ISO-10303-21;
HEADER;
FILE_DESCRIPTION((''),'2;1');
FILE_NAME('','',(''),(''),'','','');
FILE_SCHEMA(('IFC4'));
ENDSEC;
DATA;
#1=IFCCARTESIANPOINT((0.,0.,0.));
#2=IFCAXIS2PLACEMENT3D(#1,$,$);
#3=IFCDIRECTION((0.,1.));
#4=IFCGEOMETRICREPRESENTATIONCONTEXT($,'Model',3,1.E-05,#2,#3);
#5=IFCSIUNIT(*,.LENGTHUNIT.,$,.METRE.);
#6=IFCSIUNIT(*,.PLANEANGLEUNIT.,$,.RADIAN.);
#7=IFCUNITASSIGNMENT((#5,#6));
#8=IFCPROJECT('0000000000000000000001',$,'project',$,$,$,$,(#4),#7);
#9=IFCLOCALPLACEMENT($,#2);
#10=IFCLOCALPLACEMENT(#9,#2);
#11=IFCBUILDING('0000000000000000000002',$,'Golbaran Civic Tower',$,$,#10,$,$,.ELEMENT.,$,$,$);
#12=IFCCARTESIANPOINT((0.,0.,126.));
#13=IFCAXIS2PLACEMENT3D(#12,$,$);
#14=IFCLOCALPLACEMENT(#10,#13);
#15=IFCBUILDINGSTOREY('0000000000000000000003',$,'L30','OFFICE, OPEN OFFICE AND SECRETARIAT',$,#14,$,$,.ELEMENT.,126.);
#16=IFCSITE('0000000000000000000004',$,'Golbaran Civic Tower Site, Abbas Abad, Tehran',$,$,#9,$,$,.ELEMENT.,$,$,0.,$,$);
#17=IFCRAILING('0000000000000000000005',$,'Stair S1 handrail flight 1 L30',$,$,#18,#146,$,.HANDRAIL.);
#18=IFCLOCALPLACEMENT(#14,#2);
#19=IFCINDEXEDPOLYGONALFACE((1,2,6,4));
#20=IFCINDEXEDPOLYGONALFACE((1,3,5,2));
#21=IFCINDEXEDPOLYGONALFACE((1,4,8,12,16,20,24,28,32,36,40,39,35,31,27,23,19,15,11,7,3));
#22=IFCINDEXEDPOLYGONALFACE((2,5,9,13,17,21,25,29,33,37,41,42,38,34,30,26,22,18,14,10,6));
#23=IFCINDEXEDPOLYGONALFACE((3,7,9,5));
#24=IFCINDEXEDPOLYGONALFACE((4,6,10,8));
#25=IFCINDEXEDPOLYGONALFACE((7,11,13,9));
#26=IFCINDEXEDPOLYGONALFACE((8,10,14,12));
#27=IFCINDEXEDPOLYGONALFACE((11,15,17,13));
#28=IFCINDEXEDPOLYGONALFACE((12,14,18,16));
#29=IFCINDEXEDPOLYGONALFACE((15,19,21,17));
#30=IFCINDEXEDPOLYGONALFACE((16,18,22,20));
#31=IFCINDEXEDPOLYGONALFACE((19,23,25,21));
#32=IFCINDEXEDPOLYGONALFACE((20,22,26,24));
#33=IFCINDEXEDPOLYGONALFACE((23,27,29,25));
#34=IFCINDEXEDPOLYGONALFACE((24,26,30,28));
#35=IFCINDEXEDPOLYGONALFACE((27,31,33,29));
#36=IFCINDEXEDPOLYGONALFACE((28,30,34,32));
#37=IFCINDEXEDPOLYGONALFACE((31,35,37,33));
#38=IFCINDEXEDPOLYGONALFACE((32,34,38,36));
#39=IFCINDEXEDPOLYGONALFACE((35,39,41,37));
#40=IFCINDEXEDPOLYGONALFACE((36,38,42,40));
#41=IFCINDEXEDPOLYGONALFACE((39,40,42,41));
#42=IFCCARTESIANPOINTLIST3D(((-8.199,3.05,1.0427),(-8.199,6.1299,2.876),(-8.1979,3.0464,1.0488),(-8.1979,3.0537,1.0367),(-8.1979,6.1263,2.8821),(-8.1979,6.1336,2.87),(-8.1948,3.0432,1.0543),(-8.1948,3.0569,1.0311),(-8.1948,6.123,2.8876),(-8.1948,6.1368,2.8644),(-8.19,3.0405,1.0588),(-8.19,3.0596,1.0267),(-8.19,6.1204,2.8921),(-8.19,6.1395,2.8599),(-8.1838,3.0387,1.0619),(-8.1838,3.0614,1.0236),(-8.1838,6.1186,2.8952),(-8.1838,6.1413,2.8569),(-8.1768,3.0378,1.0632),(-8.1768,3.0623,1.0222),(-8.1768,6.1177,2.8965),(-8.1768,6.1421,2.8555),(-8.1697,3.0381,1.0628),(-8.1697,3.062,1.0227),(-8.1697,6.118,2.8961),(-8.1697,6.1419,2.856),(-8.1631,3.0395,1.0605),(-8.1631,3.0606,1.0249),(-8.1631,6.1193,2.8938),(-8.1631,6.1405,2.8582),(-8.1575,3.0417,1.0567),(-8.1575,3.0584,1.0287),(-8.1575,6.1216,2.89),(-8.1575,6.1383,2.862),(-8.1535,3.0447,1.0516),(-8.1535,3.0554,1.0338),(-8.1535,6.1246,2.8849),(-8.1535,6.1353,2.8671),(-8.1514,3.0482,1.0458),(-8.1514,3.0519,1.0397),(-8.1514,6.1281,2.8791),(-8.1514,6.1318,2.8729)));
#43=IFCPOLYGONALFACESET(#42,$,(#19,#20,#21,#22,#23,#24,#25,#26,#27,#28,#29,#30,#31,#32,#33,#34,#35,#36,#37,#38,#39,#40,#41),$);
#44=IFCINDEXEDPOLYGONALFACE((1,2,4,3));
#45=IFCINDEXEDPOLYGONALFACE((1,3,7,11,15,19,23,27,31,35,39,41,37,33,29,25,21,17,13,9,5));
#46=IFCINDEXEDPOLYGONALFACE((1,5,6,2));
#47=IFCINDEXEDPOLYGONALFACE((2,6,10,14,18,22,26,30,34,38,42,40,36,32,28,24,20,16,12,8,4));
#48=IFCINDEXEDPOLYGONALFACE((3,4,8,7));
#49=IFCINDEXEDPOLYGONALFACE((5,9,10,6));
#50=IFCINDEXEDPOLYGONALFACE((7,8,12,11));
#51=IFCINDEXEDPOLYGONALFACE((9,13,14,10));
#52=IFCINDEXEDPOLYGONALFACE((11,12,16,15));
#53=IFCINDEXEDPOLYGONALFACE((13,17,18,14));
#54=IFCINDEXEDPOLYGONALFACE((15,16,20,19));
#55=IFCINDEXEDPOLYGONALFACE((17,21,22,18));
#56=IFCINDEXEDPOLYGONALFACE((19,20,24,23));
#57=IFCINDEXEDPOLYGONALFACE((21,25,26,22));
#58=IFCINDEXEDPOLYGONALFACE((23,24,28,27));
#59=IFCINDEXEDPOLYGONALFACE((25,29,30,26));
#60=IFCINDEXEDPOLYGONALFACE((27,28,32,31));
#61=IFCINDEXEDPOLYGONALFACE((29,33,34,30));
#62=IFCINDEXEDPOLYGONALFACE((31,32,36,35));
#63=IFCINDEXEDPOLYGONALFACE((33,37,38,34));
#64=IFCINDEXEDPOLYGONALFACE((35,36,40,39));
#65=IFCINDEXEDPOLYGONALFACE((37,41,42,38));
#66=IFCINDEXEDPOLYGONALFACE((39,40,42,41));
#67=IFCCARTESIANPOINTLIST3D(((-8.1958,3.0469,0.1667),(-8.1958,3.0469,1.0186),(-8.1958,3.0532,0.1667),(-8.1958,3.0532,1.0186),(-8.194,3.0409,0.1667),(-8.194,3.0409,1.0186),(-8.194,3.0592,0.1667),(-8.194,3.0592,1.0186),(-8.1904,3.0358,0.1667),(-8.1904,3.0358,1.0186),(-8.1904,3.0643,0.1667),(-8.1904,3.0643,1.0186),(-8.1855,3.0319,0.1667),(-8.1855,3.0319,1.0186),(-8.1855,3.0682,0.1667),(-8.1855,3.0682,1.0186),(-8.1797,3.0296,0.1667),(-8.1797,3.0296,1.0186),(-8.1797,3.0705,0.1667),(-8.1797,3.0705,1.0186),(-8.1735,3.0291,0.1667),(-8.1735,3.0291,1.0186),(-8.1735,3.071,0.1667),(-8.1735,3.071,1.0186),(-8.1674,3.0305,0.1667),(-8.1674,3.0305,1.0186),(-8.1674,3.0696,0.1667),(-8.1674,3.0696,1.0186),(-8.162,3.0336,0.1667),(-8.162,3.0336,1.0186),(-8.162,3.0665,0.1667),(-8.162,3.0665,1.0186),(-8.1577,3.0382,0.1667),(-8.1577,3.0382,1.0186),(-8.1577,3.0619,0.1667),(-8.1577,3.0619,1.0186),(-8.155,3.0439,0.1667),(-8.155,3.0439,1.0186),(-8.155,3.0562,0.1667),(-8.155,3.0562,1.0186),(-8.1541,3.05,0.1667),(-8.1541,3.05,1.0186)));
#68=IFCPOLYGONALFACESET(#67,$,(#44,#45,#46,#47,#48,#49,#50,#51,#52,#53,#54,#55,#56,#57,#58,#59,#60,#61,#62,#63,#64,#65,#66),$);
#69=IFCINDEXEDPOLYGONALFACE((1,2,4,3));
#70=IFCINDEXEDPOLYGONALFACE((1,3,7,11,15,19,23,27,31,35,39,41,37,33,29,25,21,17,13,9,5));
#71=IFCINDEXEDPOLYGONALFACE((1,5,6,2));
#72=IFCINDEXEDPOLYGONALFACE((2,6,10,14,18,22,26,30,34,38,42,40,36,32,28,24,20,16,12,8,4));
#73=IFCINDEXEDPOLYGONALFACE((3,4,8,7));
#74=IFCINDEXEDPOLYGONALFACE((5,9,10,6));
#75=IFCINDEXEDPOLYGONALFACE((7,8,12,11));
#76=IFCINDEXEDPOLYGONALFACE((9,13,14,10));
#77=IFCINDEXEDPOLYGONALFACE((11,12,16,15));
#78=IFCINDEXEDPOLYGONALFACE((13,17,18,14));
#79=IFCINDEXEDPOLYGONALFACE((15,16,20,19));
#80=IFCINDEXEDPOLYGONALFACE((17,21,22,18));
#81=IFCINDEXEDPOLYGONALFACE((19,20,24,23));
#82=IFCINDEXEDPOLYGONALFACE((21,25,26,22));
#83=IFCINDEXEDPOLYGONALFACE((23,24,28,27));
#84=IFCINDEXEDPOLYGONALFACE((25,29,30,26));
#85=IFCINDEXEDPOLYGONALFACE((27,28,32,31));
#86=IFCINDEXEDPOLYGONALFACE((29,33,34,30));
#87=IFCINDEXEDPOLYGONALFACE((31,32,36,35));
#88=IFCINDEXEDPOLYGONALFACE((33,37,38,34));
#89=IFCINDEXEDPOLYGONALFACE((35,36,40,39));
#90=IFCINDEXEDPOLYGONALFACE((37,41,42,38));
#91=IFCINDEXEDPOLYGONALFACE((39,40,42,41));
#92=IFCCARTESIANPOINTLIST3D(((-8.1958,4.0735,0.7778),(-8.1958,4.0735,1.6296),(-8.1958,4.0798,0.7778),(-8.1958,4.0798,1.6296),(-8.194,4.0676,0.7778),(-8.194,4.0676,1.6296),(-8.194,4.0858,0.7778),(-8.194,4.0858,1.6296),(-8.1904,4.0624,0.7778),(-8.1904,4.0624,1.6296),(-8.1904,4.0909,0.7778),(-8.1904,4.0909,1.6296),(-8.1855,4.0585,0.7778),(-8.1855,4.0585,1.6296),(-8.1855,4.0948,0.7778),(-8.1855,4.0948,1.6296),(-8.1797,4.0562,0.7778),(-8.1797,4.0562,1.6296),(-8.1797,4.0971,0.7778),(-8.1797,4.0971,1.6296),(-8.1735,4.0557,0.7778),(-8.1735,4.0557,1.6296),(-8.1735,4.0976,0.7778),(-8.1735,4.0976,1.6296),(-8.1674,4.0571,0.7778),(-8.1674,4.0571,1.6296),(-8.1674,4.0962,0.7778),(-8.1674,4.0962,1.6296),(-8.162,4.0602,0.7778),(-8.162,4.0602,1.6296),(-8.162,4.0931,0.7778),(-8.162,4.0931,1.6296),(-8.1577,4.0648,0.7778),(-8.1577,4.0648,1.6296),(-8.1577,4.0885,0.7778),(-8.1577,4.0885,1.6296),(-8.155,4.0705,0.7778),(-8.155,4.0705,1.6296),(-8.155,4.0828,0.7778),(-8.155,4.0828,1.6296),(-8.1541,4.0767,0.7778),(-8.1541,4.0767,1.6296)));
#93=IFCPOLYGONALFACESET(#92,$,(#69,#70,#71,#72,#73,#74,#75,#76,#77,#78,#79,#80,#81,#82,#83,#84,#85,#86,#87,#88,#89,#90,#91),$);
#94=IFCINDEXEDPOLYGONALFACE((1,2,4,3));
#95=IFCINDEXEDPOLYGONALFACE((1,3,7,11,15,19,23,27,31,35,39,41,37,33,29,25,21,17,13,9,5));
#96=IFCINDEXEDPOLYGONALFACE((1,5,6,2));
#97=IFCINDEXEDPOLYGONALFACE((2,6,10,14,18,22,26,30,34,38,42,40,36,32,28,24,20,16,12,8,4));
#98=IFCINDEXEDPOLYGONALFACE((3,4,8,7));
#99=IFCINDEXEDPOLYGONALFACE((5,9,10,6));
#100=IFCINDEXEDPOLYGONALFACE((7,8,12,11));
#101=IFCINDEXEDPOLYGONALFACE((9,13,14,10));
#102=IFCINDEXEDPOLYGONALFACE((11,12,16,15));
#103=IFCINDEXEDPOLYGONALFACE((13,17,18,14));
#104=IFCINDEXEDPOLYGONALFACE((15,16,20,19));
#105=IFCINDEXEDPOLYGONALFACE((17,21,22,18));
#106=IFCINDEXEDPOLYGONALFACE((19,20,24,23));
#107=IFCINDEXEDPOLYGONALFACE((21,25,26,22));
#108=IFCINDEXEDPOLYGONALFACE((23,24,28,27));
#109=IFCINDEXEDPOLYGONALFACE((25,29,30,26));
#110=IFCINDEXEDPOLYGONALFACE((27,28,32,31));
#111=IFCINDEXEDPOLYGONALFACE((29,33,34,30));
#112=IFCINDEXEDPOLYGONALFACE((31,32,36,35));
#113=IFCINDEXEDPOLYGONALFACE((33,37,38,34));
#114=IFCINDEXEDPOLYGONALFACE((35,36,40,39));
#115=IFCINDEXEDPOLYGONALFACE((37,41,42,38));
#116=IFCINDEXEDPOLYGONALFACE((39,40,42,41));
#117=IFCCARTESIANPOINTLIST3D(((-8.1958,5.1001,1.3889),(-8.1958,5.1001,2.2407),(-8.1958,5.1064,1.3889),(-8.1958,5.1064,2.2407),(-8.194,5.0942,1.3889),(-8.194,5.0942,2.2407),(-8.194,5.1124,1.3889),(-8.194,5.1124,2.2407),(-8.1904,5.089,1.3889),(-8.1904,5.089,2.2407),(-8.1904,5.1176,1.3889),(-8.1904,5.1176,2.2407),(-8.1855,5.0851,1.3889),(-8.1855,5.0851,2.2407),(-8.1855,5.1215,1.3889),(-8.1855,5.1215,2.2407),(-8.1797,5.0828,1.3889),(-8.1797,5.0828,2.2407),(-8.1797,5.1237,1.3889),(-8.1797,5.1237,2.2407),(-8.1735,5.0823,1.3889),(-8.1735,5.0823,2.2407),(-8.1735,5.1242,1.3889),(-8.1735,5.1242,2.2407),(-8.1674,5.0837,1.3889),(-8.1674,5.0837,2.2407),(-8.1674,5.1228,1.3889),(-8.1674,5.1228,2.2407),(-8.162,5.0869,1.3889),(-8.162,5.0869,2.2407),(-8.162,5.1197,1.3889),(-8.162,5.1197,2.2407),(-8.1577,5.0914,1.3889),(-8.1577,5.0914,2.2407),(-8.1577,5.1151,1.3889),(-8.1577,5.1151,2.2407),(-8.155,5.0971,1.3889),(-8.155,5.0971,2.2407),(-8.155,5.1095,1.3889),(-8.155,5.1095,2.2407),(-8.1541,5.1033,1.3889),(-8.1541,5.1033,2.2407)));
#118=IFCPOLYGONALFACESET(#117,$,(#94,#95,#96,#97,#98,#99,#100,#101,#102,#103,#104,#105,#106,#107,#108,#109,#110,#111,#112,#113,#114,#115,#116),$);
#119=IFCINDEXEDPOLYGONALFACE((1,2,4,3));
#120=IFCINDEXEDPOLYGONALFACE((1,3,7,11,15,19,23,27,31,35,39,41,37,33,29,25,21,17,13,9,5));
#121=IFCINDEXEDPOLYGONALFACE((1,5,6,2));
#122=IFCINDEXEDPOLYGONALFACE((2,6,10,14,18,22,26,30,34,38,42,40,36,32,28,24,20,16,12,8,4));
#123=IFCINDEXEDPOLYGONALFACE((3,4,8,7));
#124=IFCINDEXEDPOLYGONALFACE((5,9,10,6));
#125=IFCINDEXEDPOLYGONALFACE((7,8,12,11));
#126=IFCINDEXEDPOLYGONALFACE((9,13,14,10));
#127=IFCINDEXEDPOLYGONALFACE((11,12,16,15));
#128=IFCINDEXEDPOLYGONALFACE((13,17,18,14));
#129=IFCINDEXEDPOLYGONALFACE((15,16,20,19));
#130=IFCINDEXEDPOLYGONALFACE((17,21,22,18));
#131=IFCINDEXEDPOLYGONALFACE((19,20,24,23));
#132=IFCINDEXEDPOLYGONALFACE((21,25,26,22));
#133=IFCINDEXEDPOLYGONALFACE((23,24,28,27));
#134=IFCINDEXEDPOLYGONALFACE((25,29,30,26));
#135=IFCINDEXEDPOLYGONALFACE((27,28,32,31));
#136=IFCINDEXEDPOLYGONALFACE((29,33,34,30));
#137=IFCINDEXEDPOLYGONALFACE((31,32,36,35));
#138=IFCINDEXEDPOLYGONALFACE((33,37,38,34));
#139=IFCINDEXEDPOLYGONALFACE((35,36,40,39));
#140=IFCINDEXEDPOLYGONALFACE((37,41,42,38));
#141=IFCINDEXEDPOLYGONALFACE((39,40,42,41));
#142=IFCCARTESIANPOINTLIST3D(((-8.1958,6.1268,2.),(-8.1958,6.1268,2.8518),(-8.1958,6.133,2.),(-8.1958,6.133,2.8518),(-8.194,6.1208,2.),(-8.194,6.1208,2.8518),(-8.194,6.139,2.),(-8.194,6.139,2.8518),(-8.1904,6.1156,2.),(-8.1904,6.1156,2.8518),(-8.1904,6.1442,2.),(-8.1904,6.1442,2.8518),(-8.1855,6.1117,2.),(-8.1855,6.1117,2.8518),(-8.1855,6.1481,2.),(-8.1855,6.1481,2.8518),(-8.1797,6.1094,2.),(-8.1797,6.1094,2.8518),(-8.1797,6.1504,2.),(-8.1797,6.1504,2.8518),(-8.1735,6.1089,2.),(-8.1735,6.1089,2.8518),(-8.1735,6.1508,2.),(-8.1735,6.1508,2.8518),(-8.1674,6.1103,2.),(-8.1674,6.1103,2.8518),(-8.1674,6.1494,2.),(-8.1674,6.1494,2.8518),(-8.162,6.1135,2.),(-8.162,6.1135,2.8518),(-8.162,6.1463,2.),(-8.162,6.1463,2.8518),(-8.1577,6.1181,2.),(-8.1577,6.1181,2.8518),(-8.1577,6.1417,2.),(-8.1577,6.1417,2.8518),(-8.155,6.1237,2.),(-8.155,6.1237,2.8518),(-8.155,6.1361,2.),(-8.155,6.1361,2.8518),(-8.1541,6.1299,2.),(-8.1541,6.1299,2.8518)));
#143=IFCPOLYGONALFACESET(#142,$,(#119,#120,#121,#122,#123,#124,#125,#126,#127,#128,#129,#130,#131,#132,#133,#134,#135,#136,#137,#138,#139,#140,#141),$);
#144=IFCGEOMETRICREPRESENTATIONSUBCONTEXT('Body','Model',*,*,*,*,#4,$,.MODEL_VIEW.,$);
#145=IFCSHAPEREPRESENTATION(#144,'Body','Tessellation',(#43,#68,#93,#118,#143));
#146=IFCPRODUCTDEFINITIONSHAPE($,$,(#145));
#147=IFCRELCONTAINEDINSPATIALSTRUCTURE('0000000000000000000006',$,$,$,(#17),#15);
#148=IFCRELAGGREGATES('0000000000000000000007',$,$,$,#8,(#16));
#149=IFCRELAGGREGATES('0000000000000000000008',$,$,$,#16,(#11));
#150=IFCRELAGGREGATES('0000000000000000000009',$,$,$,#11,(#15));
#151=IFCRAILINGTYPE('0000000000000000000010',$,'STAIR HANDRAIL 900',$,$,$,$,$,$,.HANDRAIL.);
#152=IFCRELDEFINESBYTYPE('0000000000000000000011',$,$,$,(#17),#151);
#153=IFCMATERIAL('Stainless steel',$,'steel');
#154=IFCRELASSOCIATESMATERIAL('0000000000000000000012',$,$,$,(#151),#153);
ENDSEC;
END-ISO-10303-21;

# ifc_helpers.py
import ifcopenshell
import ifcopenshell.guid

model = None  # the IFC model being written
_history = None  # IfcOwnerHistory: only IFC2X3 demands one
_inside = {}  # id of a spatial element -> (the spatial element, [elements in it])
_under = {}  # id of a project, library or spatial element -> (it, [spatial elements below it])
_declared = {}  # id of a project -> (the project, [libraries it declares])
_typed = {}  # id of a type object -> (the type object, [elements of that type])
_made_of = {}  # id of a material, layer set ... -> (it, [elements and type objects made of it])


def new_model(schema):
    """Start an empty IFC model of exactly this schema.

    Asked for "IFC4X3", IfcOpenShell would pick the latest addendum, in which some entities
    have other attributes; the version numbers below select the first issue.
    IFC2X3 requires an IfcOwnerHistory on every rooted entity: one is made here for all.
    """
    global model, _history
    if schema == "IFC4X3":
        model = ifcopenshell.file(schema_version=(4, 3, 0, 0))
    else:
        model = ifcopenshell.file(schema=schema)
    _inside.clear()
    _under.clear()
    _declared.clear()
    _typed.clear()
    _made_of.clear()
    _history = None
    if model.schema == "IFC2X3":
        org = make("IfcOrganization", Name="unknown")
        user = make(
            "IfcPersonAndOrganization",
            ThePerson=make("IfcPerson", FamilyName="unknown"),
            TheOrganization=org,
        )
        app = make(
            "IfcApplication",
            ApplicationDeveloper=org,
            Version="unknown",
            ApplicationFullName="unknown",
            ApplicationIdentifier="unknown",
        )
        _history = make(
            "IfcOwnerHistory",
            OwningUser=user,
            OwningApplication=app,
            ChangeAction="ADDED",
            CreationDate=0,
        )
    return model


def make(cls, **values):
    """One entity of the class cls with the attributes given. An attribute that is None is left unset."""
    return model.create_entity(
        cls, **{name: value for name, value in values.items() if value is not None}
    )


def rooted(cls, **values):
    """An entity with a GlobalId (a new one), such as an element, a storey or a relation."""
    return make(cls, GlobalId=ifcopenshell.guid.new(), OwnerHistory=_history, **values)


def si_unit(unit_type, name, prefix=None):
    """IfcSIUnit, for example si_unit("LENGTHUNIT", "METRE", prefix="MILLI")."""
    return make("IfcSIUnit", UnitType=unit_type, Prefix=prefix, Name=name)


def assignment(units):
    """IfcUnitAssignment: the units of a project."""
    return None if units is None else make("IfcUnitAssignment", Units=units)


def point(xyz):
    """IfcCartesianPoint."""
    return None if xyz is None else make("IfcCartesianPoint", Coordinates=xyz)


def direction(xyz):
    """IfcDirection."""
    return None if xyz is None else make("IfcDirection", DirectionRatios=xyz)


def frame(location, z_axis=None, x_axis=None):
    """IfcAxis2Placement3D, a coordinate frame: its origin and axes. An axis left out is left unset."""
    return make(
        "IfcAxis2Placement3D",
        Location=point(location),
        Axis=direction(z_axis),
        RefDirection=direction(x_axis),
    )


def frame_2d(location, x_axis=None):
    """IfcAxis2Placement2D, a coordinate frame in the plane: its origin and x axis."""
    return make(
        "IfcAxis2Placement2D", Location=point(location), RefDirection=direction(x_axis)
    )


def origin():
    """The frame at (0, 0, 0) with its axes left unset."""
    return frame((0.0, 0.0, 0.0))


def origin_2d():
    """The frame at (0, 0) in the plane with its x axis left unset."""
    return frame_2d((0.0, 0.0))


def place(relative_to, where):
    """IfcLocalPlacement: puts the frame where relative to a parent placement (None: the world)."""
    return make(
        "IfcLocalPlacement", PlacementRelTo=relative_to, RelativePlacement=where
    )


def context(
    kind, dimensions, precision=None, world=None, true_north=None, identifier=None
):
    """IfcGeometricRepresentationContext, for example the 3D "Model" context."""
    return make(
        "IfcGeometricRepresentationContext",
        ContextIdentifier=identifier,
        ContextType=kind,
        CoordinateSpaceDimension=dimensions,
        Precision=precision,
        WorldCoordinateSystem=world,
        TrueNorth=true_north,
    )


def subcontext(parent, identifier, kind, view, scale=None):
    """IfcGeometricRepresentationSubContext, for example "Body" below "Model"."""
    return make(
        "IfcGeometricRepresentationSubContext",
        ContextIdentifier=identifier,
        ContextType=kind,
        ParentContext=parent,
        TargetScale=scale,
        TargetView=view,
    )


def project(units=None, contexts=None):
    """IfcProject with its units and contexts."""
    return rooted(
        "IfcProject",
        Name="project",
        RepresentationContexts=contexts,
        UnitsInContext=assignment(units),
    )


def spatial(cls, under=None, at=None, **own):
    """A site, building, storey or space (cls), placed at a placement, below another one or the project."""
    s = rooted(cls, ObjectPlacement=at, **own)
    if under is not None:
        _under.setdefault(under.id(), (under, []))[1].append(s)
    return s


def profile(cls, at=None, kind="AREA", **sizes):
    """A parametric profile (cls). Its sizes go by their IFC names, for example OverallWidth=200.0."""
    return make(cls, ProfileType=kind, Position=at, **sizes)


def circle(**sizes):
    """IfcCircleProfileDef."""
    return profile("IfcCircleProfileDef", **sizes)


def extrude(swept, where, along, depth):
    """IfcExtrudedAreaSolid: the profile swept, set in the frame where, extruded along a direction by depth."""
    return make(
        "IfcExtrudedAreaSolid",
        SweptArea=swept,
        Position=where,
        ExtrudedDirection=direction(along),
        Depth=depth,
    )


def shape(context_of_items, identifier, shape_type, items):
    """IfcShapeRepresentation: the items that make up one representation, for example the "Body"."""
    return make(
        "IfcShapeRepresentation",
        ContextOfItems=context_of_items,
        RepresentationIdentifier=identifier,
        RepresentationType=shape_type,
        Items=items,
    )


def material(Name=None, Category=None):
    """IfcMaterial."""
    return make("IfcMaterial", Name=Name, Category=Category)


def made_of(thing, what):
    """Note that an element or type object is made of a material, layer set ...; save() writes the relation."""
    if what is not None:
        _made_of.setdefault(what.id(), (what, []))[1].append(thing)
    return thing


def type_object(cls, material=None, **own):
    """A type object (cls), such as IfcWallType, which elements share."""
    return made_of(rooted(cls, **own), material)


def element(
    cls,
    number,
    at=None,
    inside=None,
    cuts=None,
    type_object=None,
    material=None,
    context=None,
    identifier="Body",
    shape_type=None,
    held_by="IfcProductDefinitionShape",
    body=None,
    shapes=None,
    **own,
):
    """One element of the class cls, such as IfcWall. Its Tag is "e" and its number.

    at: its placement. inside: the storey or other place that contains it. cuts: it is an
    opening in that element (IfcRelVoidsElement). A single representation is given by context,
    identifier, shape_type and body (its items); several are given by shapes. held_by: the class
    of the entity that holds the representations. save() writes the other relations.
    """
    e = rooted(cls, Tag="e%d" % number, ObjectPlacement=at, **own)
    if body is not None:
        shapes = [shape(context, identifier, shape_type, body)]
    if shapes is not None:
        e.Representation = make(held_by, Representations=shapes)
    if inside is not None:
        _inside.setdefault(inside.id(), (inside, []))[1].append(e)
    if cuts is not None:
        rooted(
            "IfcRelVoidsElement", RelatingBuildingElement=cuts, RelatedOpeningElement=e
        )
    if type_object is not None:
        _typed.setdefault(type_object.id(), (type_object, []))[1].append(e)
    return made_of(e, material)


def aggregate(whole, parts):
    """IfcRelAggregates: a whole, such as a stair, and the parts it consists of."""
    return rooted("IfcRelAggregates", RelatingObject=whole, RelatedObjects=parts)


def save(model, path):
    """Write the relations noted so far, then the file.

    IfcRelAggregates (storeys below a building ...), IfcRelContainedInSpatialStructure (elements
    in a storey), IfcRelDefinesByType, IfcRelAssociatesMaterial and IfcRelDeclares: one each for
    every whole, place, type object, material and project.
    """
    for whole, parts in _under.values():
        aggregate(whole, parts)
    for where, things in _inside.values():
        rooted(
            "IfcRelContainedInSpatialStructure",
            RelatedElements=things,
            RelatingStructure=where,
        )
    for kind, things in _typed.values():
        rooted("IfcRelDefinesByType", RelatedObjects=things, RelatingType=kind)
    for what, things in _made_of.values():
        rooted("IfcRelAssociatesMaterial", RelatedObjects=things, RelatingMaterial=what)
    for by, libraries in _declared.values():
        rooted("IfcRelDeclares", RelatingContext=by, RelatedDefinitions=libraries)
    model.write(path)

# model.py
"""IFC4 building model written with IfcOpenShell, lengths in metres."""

from ifc_helpers import new_model, si_unit, direction, frame, origin, origin_2d, place, context, subcontext, project, spatial, circle, extrude, material, type_object, element, save


model = new_model("IFC4")

# Units and contexts
model_context = context("Model", 3, precision=1e-05, world=origin(), true_north=direction((0.0, 1.0)))
body_context = subcontext(model_context, "Body", "Model", "MODEL_VIEW")
ifc_project = project(units=[si_unit("LENGTHUNIT", "METRE"), si_unit("PLANEANGLEUNIT", "RADIAN")], contexts=[model_context])

# Site, building, storey
site_placement = place(None, origin())
site = spatial("IfcSite", under=ifc_project, at=site_placement, Name="Golbaran Civic Tower Site, Abbas Abad, Tehran", CompositionType="ELEMENT", RefElevation=0.0)
building_placement = place(site_placement, origin())
building = spatial("IfcBuilding", under=site, at=building_placement, Name="Golbaran Civic Tower", CompositionType="ELEMENT")
storey_placement = place(building_placement, frame((0.0, 0.0, 126.0)))
storey = spatial("IfcBuildingStorey", under=building, at=storey_placement, Name="L30", Description="OFFICE, OPEN OFFICE AND SECRETARIAT", CompositionType="ELEMENT", Elevation=126.0)

# Railing
ifc_material_1 = material(Name="Stainless steel", Category="steel")
railing_type = type_object("IfcRailingType", Name="STAIR HANDRAIL 900", PredefinedType="HANDRAIL", material=ifc_material_1)
railing_placement = place(storey_placement, frame((-8.175, 3.05, 0.1667)))
element("IfcRailing", 1, at=railing_placement, inside=storey, type_object=railing_type, Name="Stair S1 handrail flight 1 L30", PredefinedType="HANDRAIL", context=body_context, shape_type="SweptSolid", body=[
    extrude(circle(Radius=0.0239, at=origin_2d()), frame((0.0, 0.0, 0.876), z_axis=(0.0, 0.859291, 0.511487), x_axis=(-1.0, 0.0, 0.0)), (0.0, 0.0, 1.0), 3.5842),
    extrude(circle(Radius=0.021, at=origin_2d()), origin(), (0.0, 0.0, 1.0), 0.8518),
    extrude(circle(Radius=0.021, at=origin_2d()), frame((0.0, 1.0266, 0.6111)), (0.0, 0.0, 1.0), 0.8518),
    extrude(circle(Radius=0.021, at=origin_2d()), frame((0.0, 2.0532, 1.2222)), (0.0, 0.0, 1.0), 0.8518),
    extrude(circle(Radius=0.021, at=origin_2d()), frame((0.0, 3.0798, 1.8333)), (0.0, 0.0, 1.0), 0.8518),
])

save(model, "model.ifc")
